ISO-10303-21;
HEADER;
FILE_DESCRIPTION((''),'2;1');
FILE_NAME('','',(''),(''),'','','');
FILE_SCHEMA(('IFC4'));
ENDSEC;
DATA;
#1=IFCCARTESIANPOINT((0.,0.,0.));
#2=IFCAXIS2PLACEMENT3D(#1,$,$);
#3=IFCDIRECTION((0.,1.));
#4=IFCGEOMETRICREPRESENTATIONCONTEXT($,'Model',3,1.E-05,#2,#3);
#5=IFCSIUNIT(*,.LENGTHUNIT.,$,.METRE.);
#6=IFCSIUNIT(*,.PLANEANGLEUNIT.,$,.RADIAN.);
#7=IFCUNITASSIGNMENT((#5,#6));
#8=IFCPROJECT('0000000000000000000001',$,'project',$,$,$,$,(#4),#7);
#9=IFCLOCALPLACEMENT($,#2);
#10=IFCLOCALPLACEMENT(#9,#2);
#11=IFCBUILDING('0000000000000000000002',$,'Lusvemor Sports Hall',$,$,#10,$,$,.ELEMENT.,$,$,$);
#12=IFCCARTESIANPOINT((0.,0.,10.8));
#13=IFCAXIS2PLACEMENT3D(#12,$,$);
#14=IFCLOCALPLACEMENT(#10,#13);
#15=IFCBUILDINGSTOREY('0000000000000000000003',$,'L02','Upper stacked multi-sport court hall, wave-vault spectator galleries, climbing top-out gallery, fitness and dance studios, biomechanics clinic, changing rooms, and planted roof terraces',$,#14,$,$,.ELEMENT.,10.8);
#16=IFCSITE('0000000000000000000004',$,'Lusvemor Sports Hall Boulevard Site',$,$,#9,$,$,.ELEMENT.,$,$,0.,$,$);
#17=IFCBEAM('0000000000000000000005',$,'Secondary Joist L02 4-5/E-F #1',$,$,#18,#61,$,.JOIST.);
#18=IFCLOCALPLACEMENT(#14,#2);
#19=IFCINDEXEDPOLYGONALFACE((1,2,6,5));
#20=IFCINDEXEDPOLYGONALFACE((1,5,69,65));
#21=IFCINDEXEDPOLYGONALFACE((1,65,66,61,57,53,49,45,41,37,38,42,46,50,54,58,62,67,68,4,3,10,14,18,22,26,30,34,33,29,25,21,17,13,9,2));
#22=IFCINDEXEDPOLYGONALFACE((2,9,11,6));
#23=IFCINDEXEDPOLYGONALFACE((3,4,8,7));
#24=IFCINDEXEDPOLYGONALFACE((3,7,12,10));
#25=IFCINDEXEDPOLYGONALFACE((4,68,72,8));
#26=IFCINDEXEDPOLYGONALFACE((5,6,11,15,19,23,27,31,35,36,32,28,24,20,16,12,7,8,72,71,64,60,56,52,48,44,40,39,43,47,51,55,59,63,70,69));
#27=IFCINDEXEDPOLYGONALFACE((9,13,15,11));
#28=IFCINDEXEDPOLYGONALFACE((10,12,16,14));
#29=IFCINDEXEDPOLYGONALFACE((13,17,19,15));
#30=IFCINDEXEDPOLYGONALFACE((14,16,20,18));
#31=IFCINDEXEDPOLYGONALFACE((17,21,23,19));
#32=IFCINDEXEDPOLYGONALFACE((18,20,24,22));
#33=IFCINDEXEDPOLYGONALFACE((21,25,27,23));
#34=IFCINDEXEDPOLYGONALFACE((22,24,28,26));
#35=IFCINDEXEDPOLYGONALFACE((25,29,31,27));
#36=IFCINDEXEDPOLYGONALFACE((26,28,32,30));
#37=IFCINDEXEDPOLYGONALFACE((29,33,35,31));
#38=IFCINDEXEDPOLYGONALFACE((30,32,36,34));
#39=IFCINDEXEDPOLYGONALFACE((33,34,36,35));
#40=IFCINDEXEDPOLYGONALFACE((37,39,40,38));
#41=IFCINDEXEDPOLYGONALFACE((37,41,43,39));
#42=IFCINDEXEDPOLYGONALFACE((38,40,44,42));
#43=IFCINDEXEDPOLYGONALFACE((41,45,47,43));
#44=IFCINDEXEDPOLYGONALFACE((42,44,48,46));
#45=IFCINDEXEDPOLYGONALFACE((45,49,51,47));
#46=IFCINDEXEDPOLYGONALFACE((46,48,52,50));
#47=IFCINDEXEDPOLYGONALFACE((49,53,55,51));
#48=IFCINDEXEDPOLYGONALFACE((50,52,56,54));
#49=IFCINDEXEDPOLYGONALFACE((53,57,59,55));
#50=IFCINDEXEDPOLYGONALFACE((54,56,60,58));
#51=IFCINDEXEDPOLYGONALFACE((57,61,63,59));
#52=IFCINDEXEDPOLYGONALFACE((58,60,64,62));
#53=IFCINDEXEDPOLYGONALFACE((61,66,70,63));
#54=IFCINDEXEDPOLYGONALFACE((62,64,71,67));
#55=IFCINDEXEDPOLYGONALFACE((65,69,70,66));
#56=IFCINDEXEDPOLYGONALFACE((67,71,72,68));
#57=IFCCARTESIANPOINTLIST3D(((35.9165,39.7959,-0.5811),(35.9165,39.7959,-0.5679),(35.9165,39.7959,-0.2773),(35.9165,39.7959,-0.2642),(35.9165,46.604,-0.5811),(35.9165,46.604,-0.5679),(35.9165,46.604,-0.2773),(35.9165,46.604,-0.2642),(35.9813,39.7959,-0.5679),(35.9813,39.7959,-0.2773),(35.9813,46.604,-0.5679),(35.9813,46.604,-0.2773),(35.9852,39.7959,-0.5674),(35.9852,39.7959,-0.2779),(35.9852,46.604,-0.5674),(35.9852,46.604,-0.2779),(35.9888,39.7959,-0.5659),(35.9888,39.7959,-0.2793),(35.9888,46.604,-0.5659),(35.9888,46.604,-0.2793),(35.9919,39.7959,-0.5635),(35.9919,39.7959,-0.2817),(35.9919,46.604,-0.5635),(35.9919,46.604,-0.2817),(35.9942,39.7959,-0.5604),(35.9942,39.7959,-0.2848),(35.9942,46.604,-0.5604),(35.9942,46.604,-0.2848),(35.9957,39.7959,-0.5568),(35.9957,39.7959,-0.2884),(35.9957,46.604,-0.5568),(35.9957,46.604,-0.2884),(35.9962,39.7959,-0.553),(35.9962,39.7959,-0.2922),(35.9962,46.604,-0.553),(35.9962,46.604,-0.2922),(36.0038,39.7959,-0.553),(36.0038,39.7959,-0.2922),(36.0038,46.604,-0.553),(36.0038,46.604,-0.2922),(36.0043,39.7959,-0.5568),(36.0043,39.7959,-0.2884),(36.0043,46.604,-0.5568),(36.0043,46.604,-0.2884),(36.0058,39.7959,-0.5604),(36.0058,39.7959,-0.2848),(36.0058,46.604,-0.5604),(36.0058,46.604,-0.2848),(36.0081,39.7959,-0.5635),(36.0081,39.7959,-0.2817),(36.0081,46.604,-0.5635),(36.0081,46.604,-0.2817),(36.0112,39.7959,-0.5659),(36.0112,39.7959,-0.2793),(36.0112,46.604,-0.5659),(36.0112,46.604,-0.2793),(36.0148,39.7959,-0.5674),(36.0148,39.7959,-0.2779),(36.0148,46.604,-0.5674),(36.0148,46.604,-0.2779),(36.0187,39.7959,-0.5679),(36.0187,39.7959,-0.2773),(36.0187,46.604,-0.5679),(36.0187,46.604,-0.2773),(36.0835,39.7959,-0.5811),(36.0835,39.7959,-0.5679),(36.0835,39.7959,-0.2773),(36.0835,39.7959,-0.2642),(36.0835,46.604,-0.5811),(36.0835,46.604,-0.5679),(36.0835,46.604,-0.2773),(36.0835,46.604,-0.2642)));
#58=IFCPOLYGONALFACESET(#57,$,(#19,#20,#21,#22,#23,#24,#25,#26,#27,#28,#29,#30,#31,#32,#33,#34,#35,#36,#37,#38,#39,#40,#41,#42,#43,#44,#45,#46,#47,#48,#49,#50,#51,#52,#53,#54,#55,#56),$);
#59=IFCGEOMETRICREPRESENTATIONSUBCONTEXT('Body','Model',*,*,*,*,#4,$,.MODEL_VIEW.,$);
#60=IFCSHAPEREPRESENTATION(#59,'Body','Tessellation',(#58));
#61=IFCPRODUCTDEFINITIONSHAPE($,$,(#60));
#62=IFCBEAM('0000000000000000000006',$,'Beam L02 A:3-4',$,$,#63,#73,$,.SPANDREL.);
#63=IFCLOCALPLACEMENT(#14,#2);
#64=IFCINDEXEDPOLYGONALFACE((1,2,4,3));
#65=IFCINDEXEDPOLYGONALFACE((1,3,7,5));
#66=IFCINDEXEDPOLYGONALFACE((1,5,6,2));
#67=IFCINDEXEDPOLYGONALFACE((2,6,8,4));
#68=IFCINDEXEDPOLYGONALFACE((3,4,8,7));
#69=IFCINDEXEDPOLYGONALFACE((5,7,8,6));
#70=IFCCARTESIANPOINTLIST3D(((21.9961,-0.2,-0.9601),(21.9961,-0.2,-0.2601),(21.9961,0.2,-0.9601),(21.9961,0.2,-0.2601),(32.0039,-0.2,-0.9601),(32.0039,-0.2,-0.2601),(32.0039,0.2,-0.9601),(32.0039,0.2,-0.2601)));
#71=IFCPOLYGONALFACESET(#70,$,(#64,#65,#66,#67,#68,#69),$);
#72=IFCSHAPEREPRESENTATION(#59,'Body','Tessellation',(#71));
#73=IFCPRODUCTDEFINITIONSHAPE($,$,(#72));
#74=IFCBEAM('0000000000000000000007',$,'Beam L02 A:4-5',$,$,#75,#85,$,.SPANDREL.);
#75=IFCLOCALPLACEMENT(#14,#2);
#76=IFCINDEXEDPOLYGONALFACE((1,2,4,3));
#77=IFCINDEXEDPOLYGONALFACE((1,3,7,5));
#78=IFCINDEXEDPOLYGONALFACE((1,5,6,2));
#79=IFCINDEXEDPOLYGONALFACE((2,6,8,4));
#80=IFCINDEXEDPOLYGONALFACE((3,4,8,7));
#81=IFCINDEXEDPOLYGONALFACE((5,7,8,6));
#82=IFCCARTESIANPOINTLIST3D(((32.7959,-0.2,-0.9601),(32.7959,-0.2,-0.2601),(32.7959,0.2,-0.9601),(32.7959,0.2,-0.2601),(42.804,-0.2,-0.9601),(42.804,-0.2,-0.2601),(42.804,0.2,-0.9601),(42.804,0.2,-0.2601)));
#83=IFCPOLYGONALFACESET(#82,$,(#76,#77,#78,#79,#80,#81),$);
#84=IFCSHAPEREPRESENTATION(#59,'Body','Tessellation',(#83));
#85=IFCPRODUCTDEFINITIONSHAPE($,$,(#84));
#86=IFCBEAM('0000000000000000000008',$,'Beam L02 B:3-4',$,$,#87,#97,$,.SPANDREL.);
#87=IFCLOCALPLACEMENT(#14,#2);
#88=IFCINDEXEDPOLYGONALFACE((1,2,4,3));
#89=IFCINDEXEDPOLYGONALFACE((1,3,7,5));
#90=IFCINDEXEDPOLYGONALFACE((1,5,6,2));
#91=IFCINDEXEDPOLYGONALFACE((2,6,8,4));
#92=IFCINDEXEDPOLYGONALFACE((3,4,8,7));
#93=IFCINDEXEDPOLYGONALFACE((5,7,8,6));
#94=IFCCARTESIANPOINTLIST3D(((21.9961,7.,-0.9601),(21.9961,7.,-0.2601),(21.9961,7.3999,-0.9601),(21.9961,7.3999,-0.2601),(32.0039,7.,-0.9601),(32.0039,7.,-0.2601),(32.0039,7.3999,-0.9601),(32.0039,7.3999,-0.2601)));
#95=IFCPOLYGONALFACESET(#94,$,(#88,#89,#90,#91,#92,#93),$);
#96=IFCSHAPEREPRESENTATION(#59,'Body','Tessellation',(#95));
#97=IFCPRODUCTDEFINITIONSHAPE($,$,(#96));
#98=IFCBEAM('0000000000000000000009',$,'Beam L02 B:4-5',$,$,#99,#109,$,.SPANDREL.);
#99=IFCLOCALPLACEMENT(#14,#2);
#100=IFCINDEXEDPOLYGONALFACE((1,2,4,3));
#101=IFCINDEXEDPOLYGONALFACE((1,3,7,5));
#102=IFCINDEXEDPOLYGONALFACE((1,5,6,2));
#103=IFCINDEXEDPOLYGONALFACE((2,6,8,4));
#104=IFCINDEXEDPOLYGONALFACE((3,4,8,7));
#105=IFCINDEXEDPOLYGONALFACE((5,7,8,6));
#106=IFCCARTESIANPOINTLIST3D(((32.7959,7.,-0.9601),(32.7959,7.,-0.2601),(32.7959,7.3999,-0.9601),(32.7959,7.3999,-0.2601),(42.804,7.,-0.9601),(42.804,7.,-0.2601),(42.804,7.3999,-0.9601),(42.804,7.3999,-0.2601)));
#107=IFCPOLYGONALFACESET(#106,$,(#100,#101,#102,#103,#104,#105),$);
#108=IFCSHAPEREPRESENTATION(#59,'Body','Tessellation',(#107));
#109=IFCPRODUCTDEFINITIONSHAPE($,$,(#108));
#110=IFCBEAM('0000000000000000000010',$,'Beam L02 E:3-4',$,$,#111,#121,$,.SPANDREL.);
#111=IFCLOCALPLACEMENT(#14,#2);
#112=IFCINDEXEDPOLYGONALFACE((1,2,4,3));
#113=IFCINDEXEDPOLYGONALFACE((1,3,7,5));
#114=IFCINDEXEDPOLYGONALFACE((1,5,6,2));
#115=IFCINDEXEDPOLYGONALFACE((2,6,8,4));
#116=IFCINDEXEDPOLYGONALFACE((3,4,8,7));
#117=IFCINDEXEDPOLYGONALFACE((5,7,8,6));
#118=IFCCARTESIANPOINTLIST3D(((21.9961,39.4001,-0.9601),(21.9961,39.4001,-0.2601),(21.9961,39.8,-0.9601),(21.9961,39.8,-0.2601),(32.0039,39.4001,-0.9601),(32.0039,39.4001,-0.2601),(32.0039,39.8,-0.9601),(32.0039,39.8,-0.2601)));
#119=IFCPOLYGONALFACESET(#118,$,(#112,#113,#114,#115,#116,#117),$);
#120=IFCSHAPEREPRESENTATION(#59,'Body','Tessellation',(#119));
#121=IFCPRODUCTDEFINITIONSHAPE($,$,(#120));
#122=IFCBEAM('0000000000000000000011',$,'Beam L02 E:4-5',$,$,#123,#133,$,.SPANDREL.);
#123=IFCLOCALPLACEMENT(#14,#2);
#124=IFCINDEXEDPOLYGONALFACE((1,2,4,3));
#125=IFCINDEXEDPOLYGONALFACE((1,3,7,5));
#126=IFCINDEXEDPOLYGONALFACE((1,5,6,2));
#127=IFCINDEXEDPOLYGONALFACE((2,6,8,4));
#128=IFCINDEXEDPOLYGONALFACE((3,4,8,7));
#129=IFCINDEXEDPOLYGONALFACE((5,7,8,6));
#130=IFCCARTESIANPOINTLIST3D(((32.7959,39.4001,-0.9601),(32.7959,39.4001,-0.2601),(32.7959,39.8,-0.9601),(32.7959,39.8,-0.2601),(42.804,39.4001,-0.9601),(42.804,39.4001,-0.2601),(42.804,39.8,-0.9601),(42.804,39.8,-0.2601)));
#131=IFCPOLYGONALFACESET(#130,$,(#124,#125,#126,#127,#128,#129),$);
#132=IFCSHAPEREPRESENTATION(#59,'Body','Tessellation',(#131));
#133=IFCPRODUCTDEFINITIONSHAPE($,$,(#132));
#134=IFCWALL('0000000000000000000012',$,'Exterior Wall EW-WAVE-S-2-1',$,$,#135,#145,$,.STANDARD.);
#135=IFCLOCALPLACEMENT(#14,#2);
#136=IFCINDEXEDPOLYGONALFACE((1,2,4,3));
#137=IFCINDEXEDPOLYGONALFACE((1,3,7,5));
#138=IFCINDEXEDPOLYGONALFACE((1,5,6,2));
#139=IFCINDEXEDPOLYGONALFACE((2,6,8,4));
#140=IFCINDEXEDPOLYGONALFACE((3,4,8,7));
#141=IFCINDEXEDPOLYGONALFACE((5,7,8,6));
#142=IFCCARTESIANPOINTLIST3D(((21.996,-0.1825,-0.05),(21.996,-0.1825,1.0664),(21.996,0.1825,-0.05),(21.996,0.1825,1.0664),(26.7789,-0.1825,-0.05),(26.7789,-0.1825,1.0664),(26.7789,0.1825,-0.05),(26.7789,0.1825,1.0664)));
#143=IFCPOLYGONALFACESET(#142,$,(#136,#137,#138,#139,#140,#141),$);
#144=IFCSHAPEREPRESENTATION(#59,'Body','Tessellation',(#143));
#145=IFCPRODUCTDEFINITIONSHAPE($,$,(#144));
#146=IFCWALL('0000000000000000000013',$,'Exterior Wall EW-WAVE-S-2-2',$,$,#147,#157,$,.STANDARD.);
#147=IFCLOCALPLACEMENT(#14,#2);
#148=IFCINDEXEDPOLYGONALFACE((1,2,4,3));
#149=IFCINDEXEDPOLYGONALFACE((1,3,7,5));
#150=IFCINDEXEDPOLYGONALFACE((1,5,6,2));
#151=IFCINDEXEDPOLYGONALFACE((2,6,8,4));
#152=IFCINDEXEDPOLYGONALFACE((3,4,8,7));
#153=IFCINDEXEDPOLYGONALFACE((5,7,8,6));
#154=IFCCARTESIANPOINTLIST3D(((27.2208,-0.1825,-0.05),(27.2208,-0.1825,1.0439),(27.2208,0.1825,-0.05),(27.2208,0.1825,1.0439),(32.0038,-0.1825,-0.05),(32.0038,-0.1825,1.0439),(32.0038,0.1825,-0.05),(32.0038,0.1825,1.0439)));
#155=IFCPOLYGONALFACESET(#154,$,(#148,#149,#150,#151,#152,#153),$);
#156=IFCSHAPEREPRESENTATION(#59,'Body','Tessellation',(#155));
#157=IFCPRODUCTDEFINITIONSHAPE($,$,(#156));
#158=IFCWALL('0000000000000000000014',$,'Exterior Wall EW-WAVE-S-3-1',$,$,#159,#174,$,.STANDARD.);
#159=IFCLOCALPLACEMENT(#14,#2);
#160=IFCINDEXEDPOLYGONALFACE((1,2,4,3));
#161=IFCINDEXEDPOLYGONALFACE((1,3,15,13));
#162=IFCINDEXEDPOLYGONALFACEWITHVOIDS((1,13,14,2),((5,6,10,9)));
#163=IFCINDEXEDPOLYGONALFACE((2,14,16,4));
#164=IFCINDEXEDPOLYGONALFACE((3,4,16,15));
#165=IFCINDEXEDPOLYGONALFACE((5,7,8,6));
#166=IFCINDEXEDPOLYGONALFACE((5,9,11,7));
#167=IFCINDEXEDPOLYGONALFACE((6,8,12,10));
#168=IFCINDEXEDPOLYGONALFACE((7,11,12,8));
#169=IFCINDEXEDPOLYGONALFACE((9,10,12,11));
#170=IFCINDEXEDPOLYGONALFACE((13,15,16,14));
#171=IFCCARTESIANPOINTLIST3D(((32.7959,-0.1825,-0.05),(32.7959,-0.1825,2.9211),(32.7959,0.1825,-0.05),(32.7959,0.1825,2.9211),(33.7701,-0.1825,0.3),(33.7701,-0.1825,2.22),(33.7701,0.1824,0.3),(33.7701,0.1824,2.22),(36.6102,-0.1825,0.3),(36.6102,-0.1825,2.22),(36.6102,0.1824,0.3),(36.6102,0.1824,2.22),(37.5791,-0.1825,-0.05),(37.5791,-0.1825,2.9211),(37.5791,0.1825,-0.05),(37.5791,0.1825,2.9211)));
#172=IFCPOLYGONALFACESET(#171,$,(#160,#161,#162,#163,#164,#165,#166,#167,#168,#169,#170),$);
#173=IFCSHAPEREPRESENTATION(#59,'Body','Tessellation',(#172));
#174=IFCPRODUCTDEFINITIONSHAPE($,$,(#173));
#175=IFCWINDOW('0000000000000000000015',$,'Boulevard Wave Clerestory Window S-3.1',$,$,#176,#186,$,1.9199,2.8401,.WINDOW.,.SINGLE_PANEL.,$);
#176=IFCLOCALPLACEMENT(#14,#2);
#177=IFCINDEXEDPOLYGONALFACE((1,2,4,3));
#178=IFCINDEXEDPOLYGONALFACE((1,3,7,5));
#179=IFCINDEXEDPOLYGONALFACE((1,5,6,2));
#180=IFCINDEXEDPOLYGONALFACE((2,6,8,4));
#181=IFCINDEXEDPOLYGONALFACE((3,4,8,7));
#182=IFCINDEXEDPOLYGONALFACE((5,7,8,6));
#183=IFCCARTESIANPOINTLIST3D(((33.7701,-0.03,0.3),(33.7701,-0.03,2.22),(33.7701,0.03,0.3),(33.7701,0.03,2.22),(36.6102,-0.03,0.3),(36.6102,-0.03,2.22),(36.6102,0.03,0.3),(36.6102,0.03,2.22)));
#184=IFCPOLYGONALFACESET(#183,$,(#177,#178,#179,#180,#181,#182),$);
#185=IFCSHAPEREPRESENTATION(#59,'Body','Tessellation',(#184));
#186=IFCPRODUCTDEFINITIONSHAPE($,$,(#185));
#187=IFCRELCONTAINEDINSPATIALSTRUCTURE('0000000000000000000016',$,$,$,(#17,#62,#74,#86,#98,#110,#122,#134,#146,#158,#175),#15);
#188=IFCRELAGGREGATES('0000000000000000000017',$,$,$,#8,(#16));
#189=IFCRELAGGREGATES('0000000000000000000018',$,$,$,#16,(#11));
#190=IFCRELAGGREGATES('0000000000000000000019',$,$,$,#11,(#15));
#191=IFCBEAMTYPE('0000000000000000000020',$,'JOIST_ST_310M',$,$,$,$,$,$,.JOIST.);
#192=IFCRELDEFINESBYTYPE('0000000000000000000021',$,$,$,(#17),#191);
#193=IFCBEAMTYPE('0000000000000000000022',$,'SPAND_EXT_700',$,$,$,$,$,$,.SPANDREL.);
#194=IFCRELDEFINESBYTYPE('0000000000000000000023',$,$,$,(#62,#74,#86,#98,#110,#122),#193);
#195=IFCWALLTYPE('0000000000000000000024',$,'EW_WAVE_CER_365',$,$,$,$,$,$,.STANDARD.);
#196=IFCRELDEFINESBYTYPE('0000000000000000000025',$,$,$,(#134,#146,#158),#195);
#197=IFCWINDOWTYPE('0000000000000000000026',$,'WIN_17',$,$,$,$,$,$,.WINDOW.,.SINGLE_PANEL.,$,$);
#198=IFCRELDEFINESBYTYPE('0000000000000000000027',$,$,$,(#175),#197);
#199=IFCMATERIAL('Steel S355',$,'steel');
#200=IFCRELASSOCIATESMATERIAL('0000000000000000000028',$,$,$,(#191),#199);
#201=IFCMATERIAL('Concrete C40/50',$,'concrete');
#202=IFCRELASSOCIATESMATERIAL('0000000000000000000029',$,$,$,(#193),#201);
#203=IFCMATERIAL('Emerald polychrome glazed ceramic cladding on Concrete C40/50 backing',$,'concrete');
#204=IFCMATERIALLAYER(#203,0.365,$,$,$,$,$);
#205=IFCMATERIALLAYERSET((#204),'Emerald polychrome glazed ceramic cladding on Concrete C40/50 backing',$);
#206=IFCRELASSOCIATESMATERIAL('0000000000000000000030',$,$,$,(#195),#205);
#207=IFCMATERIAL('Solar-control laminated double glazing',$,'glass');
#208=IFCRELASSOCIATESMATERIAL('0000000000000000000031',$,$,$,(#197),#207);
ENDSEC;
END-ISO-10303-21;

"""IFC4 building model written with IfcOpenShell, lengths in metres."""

from ifc_helpers import new_model, si_unit, direction, frame, frame_2d, origin, origin_2d, place, context, subcontext, project, spatial, rectangle, i_section, extrude, material, layer, layer_set, material_profile, profile_set, type_object, element, fill, save


model = new_model("IFC4")

# Units and contexts
model_context = context("Model", 3, precision=1e-05, world=origin(), true_north=direction((0.0, 1.0)))
body_context = subcontext(model_context, "Body", "Model", "MODEL_VIEW")
ifc_project = project(units=[si_unit("LENGTHUNIT", "METRE"), si_unit("PLANEANGLEUNIT", "RADIAN")], contexts=[model_context])

# Site, building, storey
site_placement = place(None, origin())
site = spatial("IfcSite", under=ifc_project, at=site_placement, Name="Lusvemor Sports Hall Boulevard Site", CompositionType="ELEMENT", RefElevation=0.0)
building_placement = place(site_placement, origin())
building = spatial("IfcBuilding", under=site, at=building_placement, Name="Lusvemor Sports Hall", CompositionType="ELEMENT")
storey_placement = place(building_placement, frame((0.0, 0.0, 10.8)))
storey = spatial("IfcBuildingStorey", under=building, at=storey_placement, Name="L02", Description="Upper stacked multi-sport court hall, wave-vault spectator galleries, climbing top-out gallery, fitness and dance studios, biomechanics clinic, changing rooms, and planted roof terraces", CompositionType="ELEMENT", Elevation=10.8)

# Beams
ifc_material_1 = material(Name="Steel S355", Category="steel")
ifc_material_profile_1 = material_profile(ifc_material_1, i_section(OverallWidth=0.167, OverallDepth=0.3169, WebThickness=0.0076, FlangeThickness=0.0132, FilletRadius=0.0149, at=origin_2d()), Name="W310x52.0")
ifc_profile_set_1 = profile_set([ifc_material_profile_1], Name="Steel S355")
beam_type_1 = type_object("IfcBeamType", Name="JOIST_ST_310M", PredefinedType="JOIST", material=ifc_profile_set_1)
beam_1_placement = place(storey_placement, frame((36.0, 39.7959, -0.4226), z_axis=(0.0, 1.0, 0.0), x_axis=(-1.0, 0.0, 0.0)))
element("IfcBeam", 1, at=beam_1_placement, inside=storey, type_object=beam_type_1, Name="Secondary Joist L02 4-5/E-F #1", PredefinedType="JOIST", context=body_context, shape_type="SweptSolid", body=[
    extrude(i_section(OverallWidth=0.167, OverallDepth=0.3169, WebThickness=0.0076, FlangeThickness=0.0132, FilletRadius=0.0149, at=origin_2d()), origin(), (0.0, 0.0, 1.0), 6.8081),
])
ifc_material_2 = material(Name="Concrete C40/50", Category="concrete")
ifc_material_profile_2 = material_profile(ifc_material_2, rectangle(XDim=0.3999, YDim=0.7, at=origin_2d()), Name="RC400x700")
ifc_profile_set_2 = profile_set([ifc_material_profile_2], Name="Concrete C40/50")
beam_type_2 = type_object("IfcBeamType", Name="SPAND_EXT_700", PredefinedType="SPANDREL", material=ifc_profile_set_2)
beam_2_placement = place(storey_placement, frame((21.9961, 0.0, -0.6101), z_axis=(1.0, 0.0, 0.0), x_axis=(0.0, 1.0, 0.0)))
element("IfcBeam", 2, at=beam_2_placement, inside=storey, type_object=beam_type_2, Name="Beam L02 A:3-4", PredefinedType="SPANDREL", context=body_context, shape_type="SweptSolid", body=[
    extrude(rectangle(XDim=0.3999, YDim=0.7, at=origin_2d()), origin(), (0.0, 0.0, 1.0), 10.0078),
])
beam_3_placement = place(storey_placement, frame((32.7959, 0.0, -0.6101), z_axis=(1.0, 0.0, 0.0), x_axis=(0.0, 1.0, 0.0)))
element("IfcBeam", 3, at=beam_3_placement, inside=storey, type_object=beam_type_2, Name="Beam L02 A:4-5", PredefinedType="SPANDREL", context=body_context, shape_type="SweptSolid", body=[
    extrude(rectangle(XDim=0.3999, YDim=0.7, at=origin_2d()), origin(), (0.0, 0.0, 1.0), 10.0081),
])
beam_4_placement = place(storey_placement, frame((21.9961, 7.2, -0.6101), z_axis=(1.0, 0.0, 0.0), x_axis=(0.0, 1.0, 0.0)))
element("IfcBeam", 4, at=beam_4_placement, inside=storey, type_object=beam_type_2, Name="Beam L02 B:3-4", PredefinedType="SPANDREL", context=body_context, shape_type="SweptSolid", body=[
    extrude(rectangle(XDim=0.3999, YDim=0.7, at=origin_2d()), origin(), (0.0, 0.0, 1.0), 10.0078),
])
beam_5_placement = place(storey_placement, frame((32.7959, 7.2, -0.6101), z_axis=(1.0, 0.0, 0.0), x_axis=(0.0, 1.0, 0.0)))
element("IfcBeam", 5, at=beam_5_placement, inside=storey, type_object=beam_type_2, Name="Beam L02 B:4-5", PredefinedType="SPANDREL", context=body_context, shape_type="SweptSolid", body=[
    extrude(rectangle(XDim=0.3999, YDim=0.7, at=origin_2d()), origin(), (0.0, 0.0, 1.0), 10.0081),
])
beam_6_placement = place(storey_placement, frame((21.9961, 39.6001, -0.6101), z_axis=(1.0, 0.0, 0.0), x_axis=(0.0, 1.0, 0.0)))
element("IfcBeam", 6, at=beam_6_placement, inside=storey, type_object=beam_type_2, Name="Beam L02 E:3-4", PredefinedType="SPANDREL", context=body_context, shape_type="SweptSolid", body=[
    extrude(rectangle(XDim=0.3999, YDim=0.7, at=origin_2d()), origin(), (0.0, 0.0, 1.0), 10.0078),
])
beam_7_placement = place(storey_placement, frame((32.7959, 39.6001, -0.6101), z_axis=(1.0, 0.0, 0.0), x_axis=(0.0, 1.0, 0.0)))
element("IfcBeam", 7, at=beam_7_placement, inside=storey, type_object=beam_type_2, Name="Beam L02 E:4-5", PredefinedType="SPANDREL", context=body_context, shape_type="SweptSolid", body=[
    extrude(rectangle(XDim=0.3999, YDim=0.7, at=origin_2d()), origin(), (0.0, 0.0, 1.0), 10.0081),
])

# Walls
ifc_material_3 = material(Name="Emerald polychrome glazed ceramic cladding on Concrete C40/50 backing", Category="concrete")
ifc_layer_1 = layer(ifc_material_3, 0.365)
ifc_layer_set_1 = layer_set([ifc_layer_1], Name="Emerald polychrome glazed ceramic cladding on Concrete C40/50 backing")
wall_type = type_object("IfcWallType", Name="EW_WAVE_CER_365", PredefinedType="STANDARD", material=ifc_layer_set_1)
wall_1_placement = place(storey_placement, frame((26.7791, 0.0, -0.05), z_axis=(0.0, 0.0, 1.0), x_axis=(-1.0, 0.0, 0.0)))
element("IfcWall", 8, at=wall_1_placement, inside=storey, type_object=wall_type, Name="Exterior Wall EW-WAVE-S-2-1", PredefinedType="STANDARD", context=body_context, shape_type="SweptSolid", body=[
    extrude(rectangle(XDim=4.783, YDim=0.365, at=frame_2d((2.3916, 0.0))), origin(), (0.0, 0.0, 1.0), 1.1165),
])
wall_2_placement = place(storey_placement, frame((32.0039, 0.0, -0.05), z_axis=(0.0, 0.0, 1.0), x_axis=(-1.0, 0.0, 0.0)))
element("IfcWall", 9, at=wall_2_placement, inside=storey, type_object=wall_type, Name="Exterior Wall EW-WAVE-S-2-2", PredefinedType="STANDARD", context=body_context, shape_type="SweptSolid", body=[
    extrude(rectangle(XDim=4.783, YDim=0.365, at=frame_2d((2.3916, 0.0))), origin(), (0.0, 0.0, 1.0), 1.094),
])

# Wall, opening, window
wall_3_placement = place(storey_placement, frame((37.5791, 0.0, -0.05), z_axis=(0.0, 0.0, 1.0), x_axis=(-1.0, 0.0, 0.0)))
wall_3 = element("IfcWall", 10, at=wall_3_placement, inside=storey, type_object=wall_type, Name="Exterior Wall EW-WAVE-S-3-1", PredefinedType="STANDARD", context=body_context, shape_type="SweptSolid", body=[
    extrude(rectangle(XDim=4.7832, YDim=0.365, at=frame_2d((2.3916, 0.0))), origin(), (0.0, 0.0, 1.0), 2.9712),
])
opening_1_placement = place(wall_3_placement, frame((0.969, 0.0, 0.3501)))
opening_1 = element("IfcOpeningElement", 11, at=opening_1_placement, cuts=wall_3, PredefinedType="OPENING", context=body_context, shape_type="SweptSolid", body=[
    extrude(rectangle(XDim=2.8401, YDim=1.9199, at=frame_2d((1.4199, 0.96))), frame((0.0, 0.1826, 0.0), z_axis=(0.0, -1.0, 0.0), x_axis=(1.0, 0.0, 0.0)), (0.0, 0.0, 1.0), 0.365),
])
ifc_material_4 = material(Name="Solar-control laminated double glazing", Category="glass")
window_type = type_object("IfcWindowType", Name="WIN_17", PartitioningType="SINGLE_PANEL", PredefinedType="WINDOW", material=ifc_material_4)
window_1_placement = place(opening_1_placement, origin())
window_1 = element("IfcWindow", 12, at=window_1_placement, inside=storey, type_object=window_type, Name="Boulevard Wave Clerestory Window S-3.1", OverallHeight=1.9199, OverallWidth=2.8401, PartitioningType="SINGLE_PANEL", PredefinedType="WINDOW", context=body_context, shape_type="SweptSolid", body=[
    extrude(rectangle(XDim=2.8401, YDim=1.9199, at=frame_2d((1.4199, 0.96))), frame((0.0, 0.03, 0.0), z_axis=(0.0, -1.0, 0.0), x_axis=(1.0, 0.0, 0.0)), (0.0, 0.0, 1.0), 0.0601),
])
fill(opening_1, window_1)

save(model, "model.ifc")
